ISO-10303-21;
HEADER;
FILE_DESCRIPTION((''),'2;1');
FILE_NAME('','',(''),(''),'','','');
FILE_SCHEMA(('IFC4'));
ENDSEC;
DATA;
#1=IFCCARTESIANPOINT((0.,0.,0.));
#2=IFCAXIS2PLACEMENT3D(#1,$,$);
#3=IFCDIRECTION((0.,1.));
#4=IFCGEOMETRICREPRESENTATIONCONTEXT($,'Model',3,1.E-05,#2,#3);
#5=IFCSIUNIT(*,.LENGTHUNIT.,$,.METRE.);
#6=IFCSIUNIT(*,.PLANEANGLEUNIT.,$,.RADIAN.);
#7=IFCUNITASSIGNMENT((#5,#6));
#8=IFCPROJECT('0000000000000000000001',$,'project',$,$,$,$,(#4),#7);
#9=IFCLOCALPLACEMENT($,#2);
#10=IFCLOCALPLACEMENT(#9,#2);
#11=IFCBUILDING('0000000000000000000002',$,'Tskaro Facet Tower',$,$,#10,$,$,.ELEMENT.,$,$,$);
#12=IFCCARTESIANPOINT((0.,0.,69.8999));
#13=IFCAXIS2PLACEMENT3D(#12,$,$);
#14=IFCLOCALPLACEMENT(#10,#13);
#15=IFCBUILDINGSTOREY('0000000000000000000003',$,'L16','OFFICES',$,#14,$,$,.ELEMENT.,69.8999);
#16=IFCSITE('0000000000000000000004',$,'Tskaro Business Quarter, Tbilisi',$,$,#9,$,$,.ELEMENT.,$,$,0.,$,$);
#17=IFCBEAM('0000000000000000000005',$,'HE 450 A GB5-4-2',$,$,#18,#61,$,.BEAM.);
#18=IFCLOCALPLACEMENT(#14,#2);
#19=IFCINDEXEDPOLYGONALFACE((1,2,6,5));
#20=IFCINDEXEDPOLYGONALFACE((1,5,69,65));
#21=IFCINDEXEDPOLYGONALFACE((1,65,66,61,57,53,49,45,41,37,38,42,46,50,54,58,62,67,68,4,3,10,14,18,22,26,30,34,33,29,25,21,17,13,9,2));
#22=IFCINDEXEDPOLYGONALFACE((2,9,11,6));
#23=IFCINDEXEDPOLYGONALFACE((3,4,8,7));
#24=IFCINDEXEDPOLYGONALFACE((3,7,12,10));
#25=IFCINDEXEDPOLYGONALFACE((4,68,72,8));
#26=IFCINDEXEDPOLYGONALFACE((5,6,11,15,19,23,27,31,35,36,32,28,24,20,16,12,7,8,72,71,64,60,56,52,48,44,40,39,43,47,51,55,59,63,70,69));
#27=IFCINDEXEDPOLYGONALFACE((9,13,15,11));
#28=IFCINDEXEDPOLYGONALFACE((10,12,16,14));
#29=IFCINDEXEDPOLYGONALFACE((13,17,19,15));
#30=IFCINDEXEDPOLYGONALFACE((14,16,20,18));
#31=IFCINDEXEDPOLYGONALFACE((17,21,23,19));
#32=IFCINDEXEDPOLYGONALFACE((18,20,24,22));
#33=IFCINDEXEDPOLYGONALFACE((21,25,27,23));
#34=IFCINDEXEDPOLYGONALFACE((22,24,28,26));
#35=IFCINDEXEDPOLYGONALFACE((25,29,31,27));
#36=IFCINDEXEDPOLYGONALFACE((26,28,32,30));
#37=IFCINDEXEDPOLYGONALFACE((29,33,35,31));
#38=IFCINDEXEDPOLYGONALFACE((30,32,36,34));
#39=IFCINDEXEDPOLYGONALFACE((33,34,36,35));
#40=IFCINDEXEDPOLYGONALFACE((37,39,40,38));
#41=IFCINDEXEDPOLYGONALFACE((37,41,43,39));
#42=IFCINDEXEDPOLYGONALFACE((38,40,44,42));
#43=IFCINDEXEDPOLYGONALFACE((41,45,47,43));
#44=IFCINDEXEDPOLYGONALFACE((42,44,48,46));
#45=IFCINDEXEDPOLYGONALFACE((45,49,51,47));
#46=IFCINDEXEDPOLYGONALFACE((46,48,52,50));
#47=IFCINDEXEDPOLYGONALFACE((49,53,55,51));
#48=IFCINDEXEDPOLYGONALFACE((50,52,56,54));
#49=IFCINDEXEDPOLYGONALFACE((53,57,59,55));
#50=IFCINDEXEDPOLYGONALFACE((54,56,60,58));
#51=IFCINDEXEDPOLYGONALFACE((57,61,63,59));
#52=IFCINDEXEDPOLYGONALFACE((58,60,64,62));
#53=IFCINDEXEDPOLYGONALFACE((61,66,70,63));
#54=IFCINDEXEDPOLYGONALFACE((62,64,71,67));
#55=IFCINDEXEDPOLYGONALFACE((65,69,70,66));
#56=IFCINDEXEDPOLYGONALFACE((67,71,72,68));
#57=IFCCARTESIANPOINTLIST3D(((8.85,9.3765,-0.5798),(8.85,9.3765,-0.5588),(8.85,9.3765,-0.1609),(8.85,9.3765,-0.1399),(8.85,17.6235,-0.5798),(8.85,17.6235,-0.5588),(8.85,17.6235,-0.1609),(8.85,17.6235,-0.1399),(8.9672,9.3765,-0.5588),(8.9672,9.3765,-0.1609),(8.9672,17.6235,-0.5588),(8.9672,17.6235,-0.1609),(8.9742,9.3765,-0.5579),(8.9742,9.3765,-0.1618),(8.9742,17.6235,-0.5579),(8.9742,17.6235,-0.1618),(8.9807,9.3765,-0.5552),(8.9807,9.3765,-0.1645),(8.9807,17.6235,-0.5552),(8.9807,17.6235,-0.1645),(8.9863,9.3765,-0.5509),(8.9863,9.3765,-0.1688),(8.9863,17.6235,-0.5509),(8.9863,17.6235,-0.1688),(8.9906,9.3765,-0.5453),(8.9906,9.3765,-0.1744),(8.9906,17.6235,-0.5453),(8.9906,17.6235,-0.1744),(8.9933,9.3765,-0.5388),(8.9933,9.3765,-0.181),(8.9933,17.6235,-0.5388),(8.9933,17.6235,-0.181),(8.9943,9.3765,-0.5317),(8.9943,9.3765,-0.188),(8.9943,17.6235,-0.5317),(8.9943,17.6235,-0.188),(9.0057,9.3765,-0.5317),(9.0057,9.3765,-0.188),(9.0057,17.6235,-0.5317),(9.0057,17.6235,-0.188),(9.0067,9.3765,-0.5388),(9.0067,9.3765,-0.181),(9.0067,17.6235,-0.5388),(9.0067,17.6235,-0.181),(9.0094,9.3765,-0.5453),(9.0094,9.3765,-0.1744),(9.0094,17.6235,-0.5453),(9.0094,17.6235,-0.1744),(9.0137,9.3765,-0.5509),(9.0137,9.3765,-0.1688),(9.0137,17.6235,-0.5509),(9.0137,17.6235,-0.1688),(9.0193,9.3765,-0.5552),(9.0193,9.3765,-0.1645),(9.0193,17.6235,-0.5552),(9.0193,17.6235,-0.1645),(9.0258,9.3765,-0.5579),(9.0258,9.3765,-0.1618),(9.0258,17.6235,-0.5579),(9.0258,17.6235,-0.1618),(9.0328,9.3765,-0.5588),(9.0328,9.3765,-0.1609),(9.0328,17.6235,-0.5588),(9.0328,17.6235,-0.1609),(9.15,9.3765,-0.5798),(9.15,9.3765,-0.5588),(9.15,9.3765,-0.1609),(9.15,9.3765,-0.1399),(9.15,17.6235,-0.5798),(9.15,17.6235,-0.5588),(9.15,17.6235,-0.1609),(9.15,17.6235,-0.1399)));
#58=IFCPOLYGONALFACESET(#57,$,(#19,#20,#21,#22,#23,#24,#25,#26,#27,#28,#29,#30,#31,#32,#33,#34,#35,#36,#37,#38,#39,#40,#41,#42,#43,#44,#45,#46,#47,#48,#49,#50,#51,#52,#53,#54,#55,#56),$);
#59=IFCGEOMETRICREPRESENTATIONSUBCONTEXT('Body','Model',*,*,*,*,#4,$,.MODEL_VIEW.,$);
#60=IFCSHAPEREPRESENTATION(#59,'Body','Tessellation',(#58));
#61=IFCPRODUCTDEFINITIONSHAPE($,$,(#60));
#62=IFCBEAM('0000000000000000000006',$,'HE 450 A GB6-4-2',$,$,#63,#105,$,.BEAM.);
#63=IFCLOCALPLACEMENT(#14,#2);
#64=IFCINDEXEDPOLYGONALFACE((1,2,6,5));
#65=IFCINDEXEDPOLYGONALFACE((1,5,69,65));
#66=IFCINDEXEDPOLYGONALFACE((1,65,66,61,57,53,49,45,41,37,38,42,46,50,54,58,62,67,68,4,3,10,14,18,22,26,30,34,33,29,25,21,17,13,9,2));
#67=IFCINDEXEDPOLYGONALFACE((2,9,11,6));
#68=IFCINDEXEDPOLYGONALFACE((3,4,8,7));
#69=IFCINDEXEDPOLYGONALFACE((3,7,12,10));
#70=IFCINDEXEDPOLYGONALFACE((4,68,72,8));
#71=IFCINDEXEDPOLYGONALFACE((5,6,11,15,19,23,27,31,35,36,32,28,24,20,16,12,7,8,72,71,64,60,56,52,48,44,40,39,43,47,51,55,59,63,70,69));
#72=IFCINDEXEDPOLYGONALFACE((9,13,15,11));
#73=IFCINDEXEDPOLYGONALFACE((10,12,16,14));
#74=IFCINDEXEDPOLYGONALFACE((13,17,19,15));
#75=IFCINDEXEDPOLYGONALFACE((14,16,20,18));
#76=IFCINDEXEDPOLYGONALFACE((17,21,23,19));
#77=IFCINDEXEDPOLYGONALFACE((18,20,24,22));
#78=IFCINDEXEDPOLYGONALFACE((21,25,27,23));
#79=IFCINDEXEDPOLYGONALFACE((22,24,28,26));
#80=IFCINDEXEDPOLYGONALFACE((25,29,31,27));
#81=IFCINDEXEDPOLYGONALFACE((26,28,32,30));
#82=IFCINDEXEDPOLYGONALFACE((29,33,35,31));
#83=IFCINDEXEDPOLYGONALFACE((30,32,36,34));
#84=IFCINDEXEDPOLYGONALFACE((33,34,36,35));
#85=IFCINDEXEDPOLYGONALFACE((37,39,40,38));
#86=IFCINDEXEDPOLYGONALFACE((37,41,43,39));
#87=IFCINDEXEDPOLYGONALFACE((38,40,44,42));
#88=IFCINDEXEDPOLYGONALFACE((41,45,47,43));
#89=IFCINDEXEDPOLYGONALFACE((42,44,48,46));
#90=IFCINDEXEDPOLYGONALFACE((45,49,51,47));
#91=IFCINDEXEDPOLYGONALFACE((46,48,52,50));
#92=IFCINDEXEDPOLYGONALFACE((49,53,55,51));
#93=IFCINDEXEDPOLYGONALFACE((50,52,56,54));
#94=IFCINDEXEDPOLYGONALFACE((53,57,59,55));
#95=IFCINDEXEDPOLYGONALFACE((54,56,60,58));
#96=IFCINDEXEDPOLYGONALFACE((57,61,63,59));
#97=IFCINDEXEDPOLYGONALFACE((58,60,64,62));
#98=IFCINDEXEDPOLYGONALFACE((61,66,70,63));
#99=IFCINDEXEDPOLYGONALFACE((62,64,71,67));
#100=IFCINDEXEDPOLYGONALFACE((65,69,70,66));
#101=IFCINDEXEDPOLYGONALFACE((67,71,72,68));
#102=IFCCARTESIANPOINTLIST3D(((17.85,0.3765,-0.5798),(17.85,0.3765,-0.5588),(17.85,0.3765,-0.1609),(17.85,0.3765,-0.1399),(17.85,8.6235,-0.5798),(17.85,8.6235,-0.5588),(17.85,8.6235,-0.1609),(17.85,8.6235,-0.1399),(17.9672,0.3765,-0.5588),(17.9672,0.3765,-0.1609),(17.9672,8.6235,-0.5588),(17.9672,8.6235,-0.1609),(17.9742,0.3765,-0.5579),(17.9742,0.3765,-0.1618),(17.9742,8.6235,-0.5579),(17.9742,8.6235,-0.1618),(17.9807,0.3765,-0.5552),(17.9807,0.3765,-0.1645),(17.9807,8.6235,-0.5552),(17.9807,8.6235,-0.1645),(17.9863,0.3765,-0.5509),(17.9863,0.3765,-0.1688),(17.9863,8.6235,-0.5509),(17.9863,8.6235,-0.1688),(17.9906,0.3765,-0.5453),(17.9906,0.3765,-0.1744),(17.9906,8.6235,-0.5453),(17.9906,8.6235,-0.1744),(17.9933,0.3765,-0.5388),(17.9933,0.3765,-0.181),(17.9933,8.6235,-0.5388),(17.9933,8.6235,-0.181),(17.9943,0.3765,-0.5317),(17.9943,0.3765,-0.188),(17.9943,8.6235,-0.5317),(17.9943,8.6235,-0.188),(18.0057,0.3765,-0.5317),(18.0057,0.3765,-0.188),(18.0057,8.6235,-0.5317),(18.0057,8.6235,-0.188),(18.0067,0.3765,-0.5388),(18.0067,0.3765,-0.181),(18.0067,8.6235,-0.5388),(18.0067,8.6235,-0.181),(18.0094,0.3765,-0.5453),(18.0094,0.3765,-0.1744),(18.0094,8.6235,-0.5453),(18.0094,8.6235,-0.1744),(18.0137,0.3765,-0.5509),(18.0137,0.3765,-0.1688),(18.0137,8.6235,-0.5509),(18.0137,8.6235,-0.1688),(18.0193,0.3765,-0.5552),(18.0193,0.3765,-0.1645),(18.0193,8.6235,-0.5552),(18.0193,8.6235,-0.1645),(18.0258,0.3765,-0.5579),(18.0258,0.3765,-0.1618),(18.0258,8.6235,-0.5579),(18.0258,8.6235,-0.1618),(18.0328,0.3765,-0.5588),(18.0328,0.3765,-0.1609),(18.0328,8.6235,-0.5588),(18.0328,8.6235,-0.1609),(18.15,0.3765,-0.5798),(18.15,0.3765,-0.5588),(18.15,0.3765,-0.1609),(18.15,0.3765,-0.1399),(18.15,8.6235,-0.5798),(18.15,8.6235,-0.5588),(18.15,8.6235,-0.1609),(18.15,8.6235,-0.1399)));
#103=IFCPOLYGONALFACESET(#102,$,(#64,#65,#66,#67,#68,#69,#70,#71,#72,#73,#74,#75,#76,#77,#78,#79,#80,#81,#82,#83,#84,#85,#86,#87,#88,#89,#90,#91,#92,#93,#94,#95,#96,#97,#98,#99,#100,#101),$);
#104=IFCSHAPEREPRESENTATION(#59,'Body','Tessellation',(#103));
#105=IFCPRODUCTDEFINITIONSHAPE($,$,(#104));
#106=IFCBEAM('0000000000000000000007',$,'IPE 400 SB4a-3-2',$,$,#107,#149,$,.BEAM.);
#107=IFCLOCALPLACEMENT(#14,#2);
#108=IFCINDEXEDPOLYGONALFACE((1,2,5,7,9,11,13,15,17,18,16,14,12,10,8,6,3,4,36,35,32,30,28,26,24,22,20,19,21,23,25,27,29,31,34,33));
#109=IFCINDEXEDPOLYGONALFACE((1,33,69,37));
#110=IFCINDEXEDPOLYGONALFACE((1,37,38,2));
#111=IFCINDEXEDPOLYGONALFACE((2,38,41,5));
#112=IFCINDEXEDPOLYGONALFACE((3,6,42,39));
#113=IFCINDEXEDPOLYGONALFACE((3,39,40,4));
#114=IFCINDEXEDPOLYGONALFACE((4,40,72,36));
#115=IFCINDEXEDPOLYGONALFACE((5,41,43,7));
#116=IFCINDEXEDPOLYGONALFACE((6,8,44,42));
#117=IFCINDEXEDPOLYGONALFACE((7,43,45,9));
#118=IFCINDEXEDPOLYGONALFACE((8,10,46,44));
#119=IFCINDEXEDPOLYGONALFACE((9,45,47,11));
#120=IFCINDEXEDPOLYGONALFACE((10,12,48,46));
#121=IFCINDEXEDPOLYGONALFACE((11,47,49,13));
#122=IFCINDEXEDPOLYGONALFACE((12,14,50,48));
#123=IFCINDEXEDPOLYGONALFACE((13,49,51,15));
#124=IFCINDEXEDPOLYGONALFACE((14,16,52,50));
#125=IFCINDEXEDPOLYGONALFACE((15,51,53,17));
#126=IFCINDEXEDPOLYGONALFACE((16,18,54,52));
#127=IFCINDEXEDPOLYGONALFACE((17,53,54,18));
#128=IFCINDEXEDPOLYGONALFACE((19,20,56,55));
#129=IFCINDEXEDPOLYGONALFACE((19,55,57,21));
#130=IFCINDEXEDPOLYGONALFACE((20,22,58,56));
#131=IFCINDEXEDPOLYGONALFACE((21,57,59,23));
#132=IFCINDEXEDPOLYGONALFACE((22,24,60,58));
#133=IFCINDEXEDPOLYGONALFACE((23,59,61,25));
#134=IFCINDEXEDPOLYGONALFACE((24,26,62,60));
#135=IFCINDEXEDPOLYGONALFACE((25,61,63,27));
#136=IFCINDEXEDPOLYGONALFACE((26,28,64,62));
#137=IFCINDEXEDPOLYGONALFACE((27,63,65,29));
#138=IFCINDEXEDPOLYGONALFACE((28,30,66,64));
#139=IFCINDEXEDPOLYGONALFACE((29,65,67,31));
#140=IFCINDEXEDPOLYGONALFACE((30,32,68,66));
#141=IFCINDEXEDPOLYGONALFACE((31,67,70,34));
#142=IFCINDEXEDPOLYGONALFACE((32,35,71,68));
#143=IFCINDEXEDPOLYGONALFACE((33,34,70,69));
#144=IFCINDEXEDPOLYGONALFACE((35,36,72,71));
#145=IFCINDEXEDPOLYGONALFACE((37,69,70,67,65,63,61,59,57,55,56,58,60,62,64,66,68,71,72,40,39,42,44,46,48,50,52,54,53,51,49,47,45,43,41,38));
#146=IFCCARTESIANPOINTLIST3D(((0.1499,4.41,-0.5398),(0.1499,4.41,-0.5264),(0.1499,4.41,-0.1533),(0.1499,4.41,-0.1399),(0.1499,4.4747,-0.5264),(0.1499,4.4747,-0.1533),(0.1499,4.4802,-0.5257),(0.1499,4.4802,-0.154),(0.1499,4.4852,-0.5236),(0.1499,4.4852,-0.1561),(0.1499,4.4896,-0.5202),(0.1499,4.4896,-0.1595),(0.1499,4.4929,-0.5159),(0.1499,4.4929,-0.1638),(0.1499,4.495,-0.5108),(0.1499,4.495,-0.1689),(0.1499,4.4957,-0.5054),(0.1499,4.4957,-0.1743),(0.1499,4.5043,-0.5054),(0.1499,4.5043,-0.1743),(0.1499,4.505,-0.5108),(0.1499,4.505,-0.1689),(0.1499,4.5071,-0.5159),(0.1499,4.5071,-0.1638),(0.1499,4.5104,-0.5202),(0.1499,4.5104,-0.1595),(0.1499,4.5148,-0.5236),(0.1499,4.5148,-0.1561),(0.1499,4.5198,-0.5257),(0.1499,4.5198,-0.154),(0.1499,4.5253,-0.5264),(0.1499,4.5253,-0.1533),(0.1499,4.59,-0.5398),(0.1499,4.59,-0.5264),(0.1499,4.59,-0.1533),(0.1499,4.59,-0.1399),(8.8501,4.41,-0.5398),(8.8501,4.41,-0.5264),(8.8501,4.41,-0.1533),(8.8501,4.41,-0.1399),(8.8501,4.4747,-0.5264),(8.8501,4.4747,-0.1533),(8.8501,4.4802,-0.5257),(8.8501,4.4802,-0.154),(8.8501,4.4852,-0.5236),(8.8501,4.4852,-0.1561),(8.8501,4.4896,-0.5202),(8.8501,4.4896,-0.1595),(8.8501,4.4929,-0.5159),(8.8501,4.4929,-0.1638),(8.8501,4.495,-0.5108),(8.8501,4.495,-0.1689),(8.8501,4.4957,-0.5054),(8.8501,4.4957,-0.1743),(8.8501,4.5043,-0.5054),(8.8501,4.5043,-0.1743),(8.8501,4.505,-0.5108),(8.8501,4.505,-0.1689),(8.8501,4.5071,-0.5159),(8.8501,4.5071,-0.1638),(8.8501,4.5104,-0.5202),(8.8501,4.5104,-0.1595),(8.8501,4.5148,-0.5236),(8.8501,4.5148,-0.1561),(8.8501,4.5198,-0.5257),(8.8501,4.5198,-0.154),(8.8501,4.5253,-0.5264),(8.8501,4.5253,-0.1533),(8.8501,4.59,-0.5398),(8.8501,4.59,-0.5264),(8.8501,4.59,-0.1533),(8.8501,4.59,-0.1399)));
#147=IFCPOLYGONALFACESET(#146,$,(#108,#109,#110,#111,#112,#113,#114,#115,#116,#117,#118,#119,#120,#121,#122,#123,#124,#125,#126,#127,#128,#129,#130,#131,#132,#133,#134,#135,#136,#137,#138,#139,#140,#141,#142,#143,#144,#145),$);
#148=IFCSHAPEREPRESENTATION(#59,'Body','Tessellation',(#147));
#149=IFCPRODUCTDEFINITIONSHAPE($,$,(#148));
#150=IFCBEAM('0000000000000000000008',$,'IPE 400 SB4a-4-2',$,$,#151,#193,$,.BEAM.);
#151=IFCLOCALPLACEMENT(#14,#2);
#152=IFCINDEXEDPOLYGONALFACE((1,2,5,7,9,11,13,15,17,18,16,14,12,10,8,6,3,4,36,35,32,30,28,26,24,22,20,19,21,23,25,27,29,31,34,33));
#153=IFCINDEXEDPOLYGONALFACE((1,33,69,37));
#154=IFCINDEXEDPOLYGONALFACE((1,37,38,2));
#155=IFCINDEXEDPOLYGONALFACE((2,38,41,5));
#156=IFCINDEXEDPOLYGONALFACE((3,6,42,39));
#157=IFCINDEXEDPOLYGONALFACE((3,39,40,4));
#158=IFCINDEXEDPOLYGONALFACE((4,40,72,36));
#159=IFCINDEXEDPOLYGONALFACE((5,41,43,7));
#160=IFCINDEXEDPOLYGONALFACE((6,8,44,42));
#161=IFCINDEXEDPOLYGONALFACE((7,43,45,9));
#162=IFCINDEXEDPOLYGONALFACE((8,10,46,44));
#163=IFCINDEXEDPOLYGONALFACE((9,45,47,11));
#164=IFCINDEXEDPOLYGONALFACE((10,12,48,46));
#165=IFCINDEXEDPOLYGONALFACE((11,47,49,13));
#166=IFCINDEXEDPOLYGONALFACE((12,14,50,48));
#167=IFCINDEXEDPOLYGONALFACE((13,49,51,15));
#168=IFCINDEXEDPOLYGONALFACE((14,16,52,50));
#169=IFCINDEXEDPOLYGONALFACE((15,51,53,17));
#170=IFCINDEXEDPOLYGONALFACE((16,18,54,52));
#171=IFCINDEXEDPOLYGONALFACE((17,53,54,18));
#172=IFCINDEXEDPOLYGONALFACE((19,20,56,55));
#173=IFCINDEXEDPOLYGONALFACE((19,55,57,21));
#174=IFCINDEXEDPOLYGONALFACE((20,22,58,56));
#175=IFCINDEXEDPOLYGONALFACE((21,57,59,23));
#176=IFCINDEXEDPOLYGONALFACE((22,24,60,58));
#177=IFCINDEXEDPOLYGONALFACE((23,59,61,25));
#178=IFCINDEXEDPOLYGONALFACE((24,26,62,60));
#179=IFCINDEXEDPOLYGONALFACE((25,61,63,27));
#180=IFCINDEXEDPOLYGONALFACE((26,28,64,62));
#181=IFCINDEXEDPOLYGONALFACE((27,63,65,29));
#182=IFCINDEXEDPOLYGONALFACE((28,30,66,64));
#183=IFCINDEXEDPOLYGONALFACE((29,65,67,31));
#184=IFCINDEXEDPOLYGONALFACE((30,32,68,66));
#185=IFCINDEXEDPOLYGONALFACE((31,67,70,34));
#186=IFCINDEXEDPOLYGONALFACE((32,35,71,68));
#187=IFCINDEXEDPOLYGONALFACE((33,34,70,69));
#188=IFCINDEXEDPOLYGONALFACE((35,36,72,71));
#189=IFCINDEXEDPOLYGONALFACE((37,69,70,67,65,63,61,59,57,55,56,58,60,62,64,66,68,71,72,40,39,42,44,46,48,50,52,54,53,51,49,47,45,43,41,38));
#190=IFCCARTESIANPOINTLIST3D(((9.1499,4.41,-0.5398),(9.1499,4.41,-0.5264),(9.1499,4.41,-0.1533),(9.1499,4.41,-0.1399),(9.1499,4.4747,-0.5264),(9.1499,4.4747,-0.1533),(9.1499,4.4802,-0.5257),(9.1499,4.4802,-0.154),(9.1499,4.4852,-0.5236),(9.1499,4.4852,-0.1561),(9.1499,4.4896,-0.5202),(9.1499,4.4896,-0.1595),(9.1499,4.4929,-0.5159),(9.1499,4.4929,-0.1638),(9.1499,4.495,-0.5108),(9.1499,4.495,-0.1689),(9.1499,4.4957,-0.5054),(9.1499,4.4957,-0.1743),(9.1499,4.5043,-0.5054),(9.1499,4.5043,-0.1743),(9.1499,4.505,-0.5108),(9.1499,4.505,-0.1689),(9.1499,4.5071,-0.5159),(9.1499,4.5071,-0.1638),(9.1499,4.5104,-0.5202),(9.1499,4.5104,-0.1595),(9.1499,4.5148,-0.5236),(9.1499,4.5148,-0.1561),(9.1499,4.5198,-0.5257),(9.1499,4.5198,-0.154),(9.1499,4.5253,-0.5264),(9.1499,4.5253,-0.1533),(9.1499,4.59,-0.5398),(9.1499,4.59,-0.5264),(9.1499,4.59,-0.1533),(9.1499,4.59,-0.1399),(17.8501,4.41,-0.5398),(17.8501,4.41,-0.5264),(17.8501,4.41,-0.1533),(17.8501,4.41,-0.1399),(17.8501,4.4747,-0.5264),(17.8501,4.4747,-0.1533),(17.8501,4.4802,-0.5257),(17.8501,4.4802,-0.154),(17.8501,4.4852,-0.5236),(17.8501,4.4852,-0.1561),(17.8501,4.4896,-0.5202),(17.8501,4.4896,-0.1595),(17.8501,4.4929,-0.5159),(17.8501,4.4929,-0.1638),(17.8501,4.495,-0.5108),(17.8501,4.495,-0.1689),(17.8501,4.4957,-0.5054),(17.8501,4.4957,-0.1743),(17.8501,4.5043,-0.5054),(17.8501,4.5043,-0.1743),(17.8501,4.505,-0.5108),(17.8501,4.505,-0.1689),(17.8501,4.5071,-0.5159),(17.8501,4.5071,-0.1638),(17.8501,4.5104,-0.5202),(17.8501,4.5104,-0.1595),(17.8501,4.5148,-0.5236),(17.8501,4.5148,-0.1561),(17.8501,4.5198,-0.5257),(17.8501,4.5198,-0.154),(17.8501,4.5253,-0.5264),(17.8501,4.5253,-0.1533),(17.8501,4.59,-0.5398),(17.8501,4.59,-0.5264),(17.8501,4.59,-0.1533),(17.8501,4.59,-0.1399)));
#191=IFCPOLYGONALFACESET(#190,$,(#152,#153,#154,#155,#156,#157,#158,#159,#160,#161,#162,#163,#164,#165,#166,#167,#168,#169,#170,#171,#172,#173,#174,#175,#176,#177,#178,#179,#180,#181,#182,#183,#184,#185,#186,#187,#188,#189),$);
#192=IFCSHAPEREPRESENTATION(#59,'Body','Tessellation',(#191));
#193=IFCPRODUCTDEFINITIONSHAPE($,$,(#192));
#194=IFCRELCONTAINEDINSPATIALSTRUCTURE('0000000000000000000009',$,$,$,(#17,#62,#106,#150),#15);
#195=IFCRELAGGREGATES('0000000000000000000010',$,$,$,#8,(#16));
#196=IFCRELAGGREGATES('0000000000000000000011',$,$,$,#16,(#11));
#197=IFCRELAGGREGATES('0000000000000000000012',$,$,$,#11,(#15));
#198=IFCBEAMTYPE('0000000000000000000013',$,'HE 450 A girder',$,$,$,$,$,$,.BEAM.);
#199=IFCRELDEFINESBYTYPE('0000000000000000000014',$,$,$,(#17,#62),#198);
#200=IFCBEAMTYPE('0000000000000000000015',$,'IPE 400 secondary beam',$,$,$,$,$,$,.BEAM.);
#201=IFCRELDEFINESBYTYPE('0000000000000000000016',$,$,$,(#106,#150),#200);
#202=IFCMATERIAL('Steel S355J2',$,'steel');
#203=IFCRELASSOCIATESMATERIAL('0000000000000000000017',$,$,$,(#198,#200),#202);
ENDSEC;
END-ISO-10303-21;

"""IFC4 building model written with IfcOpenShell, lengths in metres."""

from ifc_helpers import new_model, si_unit, direction, frame, origin, origin_2d, place, context, subcontext, project, spatial, i_section, extrude, material, material_profile, profile_set, type_object, element, save


model = new_model("IFC4")

# Units and contexts
model_context = context("Model", 3, precision=1e-05, world=origin(), true_north=direction((0.0, 1.0)))
body_context = subcontext(model_context, "Body", "Model", "MODEL_VIEW")
ifc_project = project(units=[si_unit("LENGTHUNIT", "METRE"), si_unit("PLANEANGLEUNIT", "RADIAN")], contexts=[model_context])

# Site, building, storey
site_placement = place(None, origin())
site = spatial("IfcSite", under=ifc_project, at=site_placement, Name="Tskaro Business Quarter, Tbilisi", CompositionType="ELEMENT", RefElevation=0.0)
building_placement = place(site_placement, origin())
building = spatial("IfcBuilding", under=site, at=building_placement, Name="Tskaro Facet Tower", CompositionType="ELEMENT")
storey_placement = place(building_placement, frame((0.0, 0.0, 69.8999)))
storey = spatial("IfcBuildingStorey", under=building, at=storey_placement, Name="L16", Description="OFFICES", CompositionType="ELEMENT", Elevation=69.8999)

# Beams
ifc_material_1 = material(Name="Steel S355J2", Category="steel")
ifc_material_profile_1 = material_profile(ifc_material_1, i_section(OverallWidth=0.3, OverallDepth=0.4399, WebThickness=0.0115, FlangeThickness=0.021, FilletRadius=0.0271, at=origin_2d()), Name="HE 450 A")
ifc_profile_set_1 = profile_set([ifc_material_profile_1], Name="Steel S355J2")
beam_type_1 = type_object("IfcBeamType", Name="HE 450 A girder", PredefinedType="BEAM", material=ifc_profile_set_1)
for number, where, z_axis, x_axis, name in (
    (1, (9.0, 9.3765, -0.3599), (0.0, 1.0, 0.0), (-1.0, 0.0, 0.0), "HE 450 A GB5-4-2"),
    (2, (18.0, 0.3765, -0.3599), (0.0, 1.0, 0.0), (-1.0, 0.0, 0.0), "HE 450 A GB6-4-2"),
):
    element("IfcBeam", number, at=place(storey_placement, frame(where, z_axis=z_axis, x_axis=x_axis)), inside=storey, type_object=beam_type_1, Name=name, PredefinedType="BEAM", context=body_context, shape_type="SweptSolid", body=[
        extrude(i_section(OverallWidth=0.3, OverallDepth=0.4399, WebThickness=0.0115, FlangeThickness=0.021, FilletRadius=0.0271, at=origin_2d()), origin(), (0.0, 0.0, 1.0), 8.2471),
    ])
ifc_material_profile_2 = material_profile(ifc_material_1, i_section(OverallWidth=0.1799, OverallDepth=0.3999, WebThickness=0.0085, FlangeThickness=0.0134, FilletRadius=0.021, at=origin_2d()), Name="IPE 400")
ifc_profile_set_2 = profile_set([ifc_material_profile_2], Name="Steel S355J2")
beam_type_2 = type_object("IfcBeamType", Name="IPE 400 secondary beam", PredefinedType="BEAM", material=ifc_profile_set_2)
for number, where, z_axis, x_axis, name in (
    (3, (0.1499, 4.5, -0.3398), (1.0, 0.0, 0.0), (0.0, 1.0, 0.0), "IPE 400 SB4a-3-2"),
    (4, (9.1499, 4.5, -0.3398), (1.0, 0.0, 0.0), (0.0, 1.0, 0.0), "IPE 400 SB4a-4-2"),
):
    element("IfcBeam", number, at=place(storey_placement, frame(where, z_axis=z_axis, x_axis=x_axis)), inside=storey, type_object=beam_type_2, Name=name, PredefinedType="BEAM", context=body_context, shape_type="SweptSolid", body=[
        extrude(i_section(OverallWidth=0.1799, OverallDepth=0.3999, WebThickness=0.0085, FlangeThickness=0.0134, FilletRadius=0.021, at=origin_2d()), origin(), (0.0, 0.0, 1.0), 8.7002),
    ])

save(model, "model.ifc")
